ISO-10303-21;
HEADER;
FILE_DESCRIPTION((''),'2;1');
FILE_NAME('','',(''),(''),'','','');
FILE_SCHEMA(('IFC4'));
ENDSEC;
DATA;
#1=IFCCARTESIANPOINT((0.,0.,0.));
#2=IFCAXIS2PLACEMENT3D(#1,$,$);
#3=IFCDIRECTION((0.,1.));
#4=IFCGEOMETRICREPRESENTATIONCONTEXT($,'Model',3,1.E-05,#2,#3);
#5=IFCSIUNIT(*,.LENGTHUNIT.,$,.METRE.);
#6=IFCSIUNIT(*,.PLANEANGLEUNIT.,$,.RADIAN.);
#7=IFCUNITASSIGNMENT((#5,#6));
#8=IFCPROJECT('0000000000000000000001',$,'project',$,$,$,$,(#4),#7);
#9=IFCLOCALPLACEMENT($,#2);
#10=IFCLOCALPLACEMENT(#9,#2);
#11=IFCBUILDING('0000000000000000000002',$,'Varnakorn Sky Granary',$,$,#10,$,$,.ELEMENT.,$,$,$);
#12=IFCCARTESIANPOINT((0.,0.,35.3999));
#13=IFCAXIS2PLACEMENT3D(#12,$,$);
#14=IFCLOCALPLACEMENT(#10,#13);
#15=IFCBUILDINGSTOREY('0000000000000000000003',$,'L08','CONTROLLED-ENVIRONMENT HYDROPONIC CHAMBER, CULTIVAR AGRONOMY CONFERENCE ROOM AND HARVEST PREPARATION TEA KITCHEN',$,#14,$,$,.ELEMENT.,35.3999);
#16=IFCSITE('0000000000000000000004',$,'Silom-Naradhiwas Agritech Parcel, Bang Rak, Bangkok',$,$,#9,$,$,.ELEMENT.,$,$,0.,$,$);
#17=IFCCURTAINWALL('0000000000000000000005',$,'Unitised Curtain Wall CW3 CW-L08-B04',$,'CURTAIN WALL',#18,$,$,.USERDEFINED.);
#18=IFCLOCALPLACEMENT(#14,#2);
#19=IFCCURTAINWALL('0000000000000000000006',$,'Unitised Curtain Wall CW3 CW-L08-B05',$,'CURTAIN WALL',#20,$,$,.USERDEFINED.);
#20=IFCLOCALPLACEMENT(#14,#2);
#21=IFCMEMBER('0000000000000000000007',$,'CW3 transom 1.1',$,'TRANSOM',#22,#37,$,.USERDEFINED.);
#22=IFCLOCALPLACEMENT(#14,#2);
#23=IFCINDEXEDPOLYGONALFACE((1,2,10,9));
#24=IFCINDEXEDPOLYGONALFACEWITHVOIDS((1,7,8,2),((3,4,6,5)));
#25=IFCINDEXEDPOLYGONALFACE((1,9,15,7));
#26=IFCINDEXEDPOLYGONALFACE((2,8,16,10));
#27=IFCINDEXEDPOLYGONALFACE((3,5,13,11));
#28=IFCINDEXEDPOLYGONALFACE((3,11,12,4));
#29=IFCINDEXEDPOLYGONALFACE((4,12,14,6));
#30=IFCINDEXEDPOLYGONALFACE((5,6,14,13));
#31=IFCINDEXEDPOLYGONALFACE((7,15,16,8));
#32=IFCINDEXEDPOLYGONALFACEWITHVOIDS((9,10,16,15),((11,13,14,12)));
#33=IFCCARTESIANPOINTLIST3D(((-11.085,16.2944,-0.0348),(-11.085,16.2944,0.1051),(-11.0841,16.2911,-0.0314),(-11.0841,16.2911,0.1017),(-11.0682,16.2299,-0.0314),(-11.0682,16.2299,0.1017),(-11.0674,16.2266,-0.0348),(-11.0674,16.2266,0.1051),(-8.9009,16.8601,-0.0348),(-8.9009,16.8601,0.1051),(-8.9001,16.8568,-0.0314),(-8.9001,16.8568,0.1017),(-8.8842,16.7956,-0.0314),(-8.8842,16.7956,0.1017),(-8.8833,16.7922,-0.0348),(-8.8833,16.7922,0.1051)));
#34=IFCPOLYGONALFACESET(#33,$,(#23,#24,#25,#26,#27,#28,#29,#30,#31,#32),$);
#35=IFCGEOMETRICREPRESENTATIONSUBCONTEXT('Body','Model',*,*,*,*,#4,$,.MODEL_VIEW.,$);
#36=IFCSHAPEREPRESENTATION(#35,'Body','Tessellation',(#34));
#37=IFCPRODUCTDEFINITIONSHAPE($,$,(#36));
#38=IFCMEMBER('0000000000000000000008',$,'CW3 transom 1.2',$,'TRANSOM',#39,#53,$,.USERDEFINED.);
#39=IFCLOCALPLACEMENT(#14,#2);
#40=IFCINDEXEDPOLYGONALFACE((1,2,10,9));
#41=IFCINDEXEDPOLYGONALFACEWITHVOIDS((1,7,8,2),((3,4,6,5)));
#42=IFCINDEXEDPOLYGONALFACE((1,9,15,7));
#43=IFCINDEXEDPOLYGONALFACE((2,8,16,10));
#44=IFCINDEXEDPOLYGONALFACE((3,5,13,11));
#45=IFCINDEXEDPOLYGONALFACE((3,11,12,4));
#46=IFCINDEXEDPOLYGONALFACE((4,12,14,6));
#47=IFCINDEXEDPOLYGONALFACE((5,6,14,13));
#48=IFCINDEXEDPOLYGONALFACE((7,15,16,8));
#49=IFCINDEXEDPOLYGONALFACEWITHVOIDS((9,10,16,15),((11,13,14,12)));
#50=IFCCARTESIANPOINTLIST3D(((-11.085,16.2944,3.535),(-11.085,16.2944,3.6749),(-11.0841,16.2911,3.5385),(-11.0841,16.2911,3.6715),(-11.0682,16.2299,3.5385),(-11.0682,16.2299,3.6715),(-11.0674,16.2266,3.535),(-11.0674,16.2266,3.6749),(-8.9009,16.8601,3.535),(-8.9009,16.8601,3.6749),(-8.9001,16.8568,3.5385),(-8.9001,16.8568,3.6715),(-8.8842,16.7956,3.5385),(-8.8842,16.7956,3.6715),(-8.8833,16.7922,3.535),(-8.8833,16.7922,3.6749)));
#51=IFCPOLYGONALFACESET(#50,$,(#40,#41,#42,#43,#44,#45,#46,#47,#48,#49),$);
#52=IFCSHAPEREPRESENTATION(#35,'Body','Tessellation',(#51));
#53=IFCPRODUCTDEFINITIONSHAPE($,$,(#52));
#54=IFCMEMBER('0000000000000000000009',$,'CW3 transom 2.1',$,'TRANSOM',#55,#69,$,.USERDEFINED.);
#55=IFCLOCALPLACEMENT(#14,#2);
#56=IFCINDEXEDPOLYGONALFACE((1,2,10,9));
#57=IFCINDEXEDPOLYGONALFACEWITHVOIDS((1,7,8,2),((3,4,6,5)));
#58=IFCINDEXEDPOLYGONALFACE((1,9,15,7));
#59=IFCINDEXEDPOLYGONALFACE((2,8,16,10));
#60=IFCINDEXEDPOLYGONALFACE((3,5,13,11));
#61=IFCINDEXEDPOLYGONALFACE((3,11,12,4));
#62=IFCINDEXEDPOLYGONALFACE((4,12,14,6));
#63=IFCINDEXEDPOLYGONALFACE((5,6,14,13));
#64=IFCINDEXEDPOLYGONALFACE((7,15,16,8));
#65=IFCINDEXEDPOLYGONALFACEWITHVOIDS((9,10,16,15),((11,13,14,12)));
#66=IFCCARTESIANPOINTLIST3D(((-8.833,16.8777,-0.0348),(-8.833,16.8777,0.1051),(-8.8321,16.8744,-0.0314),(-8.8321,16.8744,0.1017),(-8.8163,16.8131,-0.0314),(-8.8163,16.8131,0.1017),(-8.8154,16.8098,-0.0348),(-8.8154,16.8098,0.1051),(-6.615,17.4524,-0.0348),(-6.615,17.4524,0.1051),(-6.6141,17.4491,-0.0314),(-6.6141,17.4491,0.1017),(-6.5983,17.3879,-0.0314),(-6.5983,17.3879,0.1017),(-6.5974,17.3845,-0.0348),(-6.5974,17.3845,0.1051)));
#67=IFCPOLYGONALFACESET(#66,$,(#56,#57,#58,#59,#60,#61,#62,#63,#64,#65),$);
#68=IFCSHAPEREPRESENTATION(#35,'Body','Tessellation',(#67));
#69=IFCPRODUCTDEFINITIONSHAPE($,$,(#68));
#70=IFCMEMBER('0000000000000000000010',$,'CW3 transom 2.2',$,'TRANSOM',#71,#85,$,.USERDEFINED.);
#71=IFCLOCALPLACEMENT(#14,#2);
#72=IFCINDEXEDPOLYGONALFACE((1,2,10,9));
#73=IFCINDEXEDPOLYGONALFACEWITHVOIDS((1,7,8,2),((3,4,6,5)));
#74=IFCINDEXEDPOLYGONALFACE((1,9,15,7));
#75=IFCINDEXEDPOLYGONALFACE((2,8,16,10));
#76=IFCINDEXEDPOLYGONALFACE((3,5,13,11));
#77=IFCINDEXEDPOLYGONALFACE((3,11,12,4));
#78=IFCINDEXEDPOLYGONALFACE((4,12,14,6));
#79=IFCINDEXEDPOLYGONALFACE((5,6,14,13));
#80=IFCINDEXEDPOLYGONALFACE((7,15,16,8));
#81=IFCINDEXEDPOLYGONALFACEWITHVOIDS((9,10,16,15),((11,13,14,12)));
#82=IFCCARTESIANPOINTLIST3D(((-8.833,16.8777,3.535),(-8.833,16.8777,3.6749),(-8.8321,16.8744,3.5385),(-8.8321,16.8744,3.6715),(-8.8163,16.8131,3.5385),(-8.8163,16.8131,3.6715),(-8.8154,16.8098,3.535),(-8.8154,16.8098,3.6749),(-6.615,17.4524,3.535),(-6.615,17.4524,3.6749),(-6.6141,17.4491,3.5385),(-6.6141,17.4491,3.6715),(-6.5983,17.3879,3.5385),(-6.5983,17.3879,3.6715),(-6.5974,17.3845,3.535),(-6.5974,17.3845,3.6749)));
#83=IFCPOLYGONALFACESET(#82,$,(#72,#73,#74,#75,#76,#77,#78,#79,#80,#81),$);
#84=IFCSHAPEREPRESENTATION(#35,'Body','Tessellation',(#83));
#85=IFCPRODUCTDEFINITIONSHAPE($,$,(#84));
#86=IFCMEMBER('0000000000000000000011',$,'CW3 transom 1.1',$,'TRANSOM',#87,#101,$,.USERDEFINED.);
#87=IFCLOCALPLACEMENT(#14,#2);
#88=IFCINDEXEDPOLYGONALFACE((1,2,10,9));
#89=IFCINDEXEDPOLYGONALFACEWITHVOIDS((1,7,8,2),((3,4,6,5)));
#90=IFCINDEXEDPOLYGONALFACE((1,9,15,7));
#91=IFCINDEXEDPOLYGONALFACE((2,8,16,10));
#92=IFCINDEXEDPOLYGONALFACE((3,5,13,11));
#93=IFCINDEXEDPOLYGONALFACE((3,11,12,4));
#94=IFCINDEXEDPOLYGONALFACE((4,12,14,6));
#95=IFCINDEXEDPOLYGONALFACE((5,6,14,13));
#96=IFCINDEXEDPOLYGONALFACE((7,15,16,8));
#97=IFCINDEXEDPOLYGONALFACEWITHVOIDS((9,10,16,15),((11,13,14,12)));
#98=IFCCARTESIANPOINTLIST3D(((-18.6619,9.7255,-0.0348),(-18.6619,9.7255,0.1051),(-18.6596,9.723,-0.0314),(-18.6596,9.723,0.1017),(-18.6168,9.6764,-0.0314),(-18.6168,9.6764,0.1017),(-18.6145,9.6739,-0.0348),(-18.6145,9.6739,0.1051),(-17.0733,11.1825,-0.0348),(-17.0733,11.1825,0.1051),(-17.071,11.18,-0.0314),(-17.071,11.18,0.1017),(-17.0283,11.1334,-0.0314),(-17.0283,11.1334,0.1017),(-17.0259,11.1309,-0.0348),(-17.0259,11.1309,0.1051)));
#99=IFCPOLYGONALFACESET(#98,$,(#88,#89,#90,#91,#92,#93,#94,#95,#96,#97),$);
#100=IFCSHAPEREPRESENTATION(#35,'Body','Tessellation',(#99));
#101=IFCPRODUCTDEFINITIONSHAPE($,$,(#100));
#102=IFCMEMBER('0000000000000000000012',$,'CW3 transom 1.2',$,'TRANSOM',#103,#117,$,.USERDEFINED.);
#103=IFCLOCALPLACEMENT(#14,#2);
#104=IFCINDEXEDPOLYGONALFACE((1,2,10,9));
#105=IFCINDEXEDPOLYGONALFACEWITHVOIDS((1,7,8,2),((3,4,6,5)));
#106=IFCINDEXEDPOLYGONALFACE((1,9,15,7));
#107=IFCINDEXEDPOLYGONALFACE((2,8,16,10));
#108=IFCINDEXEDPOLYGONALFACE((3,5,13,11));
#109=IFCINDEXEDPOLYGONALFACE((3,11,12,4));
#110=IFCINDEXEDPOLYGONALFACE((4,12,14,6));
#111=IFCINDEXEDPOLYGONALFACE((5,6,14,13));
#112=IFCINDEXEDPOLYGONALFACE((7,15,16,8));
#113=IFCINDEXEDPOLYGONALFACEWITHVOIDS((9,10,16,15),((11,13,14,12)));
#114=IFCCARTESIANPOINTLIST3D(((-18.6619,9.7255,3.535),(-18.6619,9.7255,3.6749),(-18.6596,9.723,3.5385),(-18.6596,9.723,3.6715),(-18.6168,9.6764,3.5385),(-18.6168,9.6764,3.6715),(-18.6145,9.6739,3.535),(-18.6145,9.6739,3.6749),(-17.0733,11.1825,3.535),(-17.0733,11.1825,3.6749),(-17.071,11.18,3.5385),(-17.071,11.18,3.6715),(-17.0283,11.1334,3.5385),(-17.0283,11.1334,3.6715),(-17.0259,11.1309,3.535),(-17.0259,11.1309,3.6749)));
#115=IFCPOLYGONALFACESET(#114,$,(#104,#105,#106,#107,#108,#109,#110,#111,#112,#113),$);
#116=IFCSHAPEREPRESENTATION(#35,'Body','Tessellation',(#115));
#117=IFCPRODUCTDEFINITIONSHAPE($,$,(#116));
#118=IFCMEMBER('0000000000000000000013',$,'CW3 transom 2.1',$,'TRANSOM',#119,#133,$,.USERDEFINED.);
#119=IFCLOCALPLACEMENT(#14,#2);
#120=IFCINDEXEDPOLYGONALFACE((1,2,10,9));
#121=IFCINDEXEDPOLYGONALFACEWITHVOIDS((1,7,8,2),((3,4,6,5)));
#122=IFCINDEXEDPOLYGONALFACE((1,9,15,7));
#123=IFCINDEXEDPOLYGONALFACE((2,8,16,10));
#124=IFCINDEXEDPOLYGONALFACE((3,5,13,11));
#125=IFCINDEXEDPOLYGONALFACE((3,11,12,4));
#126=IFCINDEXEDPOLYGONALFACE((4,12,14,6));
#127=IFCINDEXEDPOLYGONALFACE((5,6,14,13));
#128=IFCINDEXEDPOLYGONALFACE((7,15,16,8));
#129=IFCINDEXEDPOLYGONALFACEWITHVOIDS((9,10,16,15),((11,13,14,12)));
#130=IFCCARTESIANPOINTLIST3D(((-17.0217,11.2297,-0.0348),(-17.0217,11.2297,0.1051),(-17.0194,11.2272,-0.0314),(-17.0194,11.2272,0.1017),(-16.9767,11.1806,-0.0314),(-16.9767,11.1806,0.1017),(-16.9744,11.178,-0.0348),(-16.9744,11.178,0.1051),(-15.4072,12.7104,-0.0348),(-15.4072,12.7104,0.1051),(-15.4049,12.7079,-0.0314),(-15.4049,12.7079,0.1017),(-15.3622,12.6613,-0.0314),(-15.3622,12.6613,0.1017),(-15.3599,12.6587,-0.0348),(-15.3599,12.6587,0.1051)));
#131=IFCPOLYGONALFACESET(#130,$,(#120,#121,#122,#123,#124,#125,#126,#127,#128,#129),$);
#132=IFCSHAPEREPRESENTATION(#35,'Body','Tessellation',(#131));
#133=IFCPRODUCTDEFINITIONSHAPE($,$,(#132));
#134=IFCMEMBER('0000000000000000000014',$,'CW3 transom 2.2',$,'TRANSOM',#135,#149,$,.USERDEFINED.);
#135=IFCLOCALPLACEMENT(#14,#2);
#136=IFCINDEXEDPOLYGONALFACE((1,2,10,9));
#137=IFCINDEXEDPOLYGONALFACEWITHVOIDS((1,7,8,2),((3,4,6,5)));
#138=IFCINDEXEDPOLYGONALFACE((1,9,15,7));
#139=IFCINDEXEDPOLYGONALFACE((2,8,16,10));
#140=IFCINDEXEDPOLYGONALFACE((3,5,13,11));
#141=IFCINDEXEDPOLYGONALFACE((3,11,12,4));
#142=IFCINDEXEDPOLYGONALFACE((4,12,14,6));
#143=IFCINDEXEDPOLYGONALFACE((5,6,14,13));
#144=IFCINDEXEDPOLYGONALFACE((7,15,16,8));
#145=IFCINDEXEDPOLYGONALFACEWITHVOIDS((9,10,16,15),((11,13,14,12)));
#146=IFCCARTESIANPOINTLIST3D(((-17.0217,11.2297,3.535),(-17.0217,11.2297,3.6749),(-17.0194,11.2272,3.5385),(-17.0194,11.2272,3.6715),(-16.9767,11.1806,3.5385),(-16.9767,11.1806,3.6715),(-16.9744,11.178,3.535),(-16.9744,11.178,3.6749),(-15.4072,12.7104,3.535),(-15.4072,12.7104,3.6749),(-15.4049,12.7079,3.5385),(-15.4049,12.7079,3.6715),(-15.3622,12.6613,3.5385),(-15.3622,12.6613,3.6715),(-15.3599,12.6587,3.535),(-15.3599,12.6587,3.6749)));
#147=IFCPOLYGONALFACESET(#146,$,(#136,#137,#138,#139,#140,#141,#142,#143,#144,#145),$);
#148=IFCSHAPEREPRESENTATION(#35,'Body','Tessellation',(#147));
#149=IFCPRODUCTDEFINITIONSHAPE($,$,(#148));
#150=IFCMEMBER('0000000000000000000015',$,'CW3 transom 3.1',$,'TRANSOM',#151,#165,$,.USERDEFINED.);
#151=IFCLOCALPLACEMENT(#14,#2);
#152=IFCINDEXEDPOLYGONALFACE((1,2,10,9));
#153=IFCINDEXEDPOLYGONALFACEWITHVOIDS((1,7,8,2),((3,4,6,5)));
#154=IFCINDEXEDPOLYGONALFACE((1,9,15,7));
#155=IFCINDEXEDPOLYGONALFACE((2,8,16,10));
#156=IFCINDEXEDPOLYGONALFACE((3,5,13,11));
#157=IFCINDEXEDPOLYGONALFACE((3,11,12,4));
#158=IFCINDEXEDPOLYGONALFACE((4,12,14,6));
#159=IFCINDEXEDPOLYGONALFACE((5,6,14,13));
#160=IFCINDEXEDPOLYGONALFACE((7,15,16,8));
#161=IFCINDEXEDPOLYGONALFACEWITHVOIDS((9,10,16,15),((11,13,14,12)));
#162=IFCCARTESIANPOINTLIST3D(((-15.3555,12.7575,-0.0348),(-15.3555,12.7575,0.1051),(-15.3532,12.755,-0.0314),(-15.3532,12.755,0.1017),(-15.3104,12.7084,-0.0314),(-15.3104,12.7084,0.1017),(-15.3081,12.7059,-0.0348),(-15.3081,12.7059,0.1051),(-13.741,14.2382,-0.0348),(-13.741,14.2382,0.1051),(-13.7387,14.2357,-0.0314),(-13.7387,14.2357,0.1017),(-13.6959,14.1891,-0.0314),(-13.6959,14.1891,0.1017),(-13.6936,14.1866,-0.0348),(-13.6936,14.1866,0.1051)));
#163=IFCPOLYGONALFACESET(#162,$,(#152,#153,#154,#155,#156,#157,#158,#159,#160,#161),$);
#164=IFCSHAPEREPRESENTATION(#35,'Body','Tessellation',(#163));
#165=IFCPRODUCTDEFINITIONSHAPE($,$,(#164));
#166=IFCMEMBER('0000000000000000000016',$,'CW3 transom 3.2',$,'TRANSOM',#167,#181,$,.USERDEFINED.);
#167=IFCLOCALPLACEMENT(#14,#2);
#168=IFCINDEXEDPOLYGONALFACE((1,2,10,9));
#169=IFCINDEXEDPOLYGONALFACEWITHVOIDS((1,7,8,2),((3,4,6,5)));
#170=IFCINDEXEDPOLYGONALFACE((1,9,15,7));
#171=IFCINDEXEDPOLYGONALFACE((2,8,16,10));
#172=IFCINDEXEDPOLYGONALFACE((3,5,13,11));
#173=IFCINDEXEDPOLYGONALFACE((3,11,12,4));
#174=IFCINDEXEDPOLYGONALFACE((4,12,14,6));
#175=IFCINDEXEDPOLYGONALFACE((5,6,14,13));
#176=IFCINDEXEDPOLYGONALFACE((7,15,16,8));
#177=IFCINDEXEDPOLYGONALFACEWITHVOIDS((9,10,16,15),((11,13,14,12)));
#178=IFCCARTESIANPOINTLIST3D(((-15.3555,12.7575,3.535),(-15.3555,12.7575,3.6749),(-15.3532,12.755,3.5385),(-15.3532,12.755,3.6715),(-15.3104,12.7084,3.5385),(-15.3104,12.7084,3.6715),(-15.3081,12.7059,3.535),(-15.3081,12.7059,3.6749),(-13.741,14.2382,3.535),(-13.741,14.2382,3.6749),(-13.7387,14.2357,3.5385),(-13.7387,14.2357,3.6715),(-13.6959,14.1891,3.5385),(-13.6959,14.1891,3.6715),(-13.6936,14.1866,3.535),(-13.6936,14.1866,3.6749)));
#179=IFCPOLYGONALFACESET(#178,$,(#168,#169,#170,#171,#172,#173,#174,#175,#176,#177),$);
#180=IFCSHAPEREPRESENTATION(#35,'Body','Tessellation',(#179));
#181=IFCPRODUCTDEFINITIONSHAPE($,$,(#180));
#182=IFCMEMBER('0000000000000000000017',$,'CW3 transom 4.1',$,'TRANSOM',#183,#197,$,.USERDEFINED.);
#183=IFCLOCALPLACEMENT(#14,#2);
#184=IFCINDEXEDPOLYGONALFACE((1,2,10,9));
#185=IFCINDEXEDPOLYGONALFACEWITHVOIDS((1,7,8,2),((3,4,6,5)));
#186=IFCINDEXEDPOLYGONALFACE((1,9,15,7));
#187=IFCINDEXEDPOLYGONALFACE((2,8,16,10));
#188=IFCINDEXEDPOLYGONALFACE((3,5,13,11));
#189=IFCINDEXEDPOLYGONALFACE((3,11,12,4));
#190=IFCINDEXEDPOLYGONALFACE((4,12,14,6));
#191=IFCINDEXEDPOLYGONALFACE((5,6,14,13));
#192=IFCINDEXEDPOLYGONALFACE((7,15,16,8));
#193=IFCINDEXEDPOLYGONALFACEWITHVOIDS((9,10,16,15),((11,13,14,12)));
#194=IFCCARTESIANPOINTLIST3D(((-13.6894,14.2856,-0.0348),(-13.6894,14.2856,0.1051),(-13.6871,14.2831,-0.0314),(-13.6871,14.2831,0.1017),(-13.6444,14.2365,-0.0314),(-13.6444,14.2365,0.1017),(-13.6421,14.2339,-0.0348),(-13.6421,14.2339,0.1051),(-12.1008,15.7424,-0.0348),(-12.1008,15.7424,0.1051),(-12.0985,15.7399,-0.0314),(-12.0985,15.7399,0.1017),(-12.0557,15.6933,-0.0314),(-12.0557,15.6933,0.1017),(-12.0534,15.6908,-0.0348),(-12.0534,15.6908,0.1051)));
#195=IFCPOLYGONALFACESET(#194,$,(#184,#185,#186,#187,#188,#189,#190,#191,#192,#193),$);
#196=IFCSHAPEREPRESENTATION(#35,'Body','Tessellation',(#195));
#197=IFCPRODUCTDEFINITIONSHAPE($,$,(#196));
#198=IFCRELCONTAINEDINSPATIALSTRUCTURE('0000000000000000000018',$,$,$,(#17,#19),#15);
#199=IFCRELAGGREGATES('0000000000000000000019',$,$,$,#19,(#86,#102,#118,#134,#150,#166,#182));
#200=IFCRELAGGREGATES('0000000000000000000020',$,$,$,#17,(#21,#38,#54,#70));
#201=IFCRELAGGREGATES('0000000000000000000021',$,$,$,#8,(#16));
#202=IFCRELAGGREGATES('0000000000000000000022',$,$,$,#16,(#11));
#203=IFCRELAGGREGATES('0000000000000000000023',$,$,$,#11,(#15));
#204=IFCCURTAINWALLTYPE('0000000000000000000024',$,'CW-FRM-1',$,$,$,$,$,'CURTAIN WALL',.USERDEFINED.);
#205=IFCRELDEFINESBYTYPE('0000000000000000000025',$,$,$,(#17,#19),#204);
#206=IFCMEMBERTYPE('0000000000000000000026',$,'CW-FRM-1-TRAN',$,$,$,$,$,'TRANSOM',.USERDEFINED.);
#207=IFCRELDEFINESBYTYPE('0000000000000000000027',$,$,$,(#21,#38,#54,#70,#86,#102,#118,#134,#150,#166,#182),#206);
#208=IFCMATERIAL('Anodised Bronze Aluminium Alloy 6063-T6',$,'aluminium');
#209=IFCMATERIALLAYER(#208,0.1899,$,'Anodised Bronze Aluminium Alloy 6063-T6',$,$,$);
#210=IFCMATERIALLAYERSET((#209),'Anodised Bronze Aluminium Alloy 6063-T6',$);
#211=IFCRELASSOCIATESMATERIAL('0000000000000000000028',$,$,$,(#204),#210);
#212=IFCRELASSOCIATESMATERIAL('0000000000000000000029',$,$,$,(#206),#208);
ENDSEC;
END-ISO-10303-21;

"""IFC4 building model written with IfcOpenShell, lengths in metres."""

from ifc_helpers import new_model, si_unit, direction, frame, origin, origin_2d, place, context, subcontext, project, spatial, hollow_rectangle, extrude, material, layer, layer_set, material_profile, profile_set, type_object, element, aggregate, save


model = new_model("IFC4")

# Units and contexts
model_context = context("Model", 3, precision=1e-05, world=origin(), true_north=direction((0.0, 1.0)))
body_context = subcontext(model_context, "Body", "Model", "MODEL_VIEW")
ifc_project = project(units=[si_unit("LENGTHUNIT", "METRE"), si_unit("PLANEANGLEUNIT", "RADIAN")], contexts=[model_context])

# Site, building, storey
site_placement = place(None, origin())
site = spatial("IfcSite", under=ifc_project, at=site_placement, Name="Silom-Naradhiwas Agritech Parcel, Bang Rak, Bangkok", CompositionType="ELEMENT", RefElevation=0.0)
building_placement = place(site_placement, origin())
building = spatial("IfcBuilding", under=site, at=building_placement, Name="Varnakorn Sky Granary", CompositionType="ELEMENT")
storey_placement = place(building_placement, frame((0.0, 0.0, 35.3999)))
storey = spatial("IfcBuildingStorey", under=building, at=storey_placement, Name="L08", Description="CONTROLLED-ENVIRONMENT HYDROPONIC CHAMBER, CULTIVAR AGRONOMY CONFERENCE ROOM AND HARVEST PREPARATION TEA KITCHEN", CompositionType="ELEMENT", Elevation=35.3999)

# Curtain walls
ifc_material_1 = material(Name="Anodised Bronze Aluminium Alloy 6063-T6", Category="aluminium")
ifc_layer_1 = layer(ifc_material_1, 0.1899, Name="Anodised Bronze Aluminium Alloy 6063-T6")
ifc_layer_set_1 = layer_set([ifc_layer_1], Name="Anodised Bronze Aluminium Alloy 6063-T6")
curtain_wall_type = type_object("IfcCurtainWallType", Name="CW-FRM-1", ElementType="CURTAIN WALL", PredefinedType="USERDEFINED", material=ifc_layer_set_1)
curtain_wall_1_placement = place(storey_placement, origin())
curtain_wall_1 = element("IfcCurtainWall", 1, at=curtain_wall_1_placement, inside=storey, type_object=curtain_wall_type, Name="Unitised Curtain Wall CW3 CW-L08-B04", ObjectType="CURTAIN WALL", PredefinedType="USERDEFINED")
curtain_wall_2_placement = place(storey_placement, origin())
curtain_wall_2 = element("IfcCurtainWall", 2, at=curtain_wall_2_placement, inside=storey, type_object=curtain_wall_type, Name="Unitised Curtain Wall CW3 CW-L08-B05", ObjectType="CURTAIN WALL", PredefinedType="USERDEFINED")

# Members
ifc_material_profile_1 = material_profile(ifc_material_1, hollow_rectangle(XDim=0.0701, YDim=0.1399, WallThickness=0.0034, at=origin_2d()), Name="ALU TRAN 70x140")
ifc_profile_set_1 = profile_set([ifc_material_profile_1], Name="Anodised Bronze Aluminium Alloy 6063-T6")
member_type_1 = type_object("IfcMemberType", Name="CW-FRM-1-TRAN", ElementType="TRANSOM", PredefinedType="USERDEFINED", material=ifc_profile_set_1)
member_1_placement = place(storey_placement, frame((-11.0762, 16.2605, 0.0352), z_axis=(0.968058, 0.250726, 0.0), x_axis=(-0.250726, 0.968058, 0.0)))
member_1 = element("IfcMember", 3, at=member_1_placement, type_object=member_type_1, Name="CW3 transom 1.1", ObjectType="TRANSOM", PredefinedType="USERDEFINED", context=body_context, shape_type="SweptSolid", body=[
    extrude(hollow_rectangle(XDim=0.0701, YDim=0.1399, WallThickness=0.0034, at=origin_2d()), origin(), (0.0, 0.0, 1.0), 2.2561),
])
member_2_placement = place(storey_placement, frame((-11.0762, 16.2605, 3.605), z_axis=(0.968058, 0.250726, 0.0), x_axis=(-0.250726, 0.968058, 0.0)))
member_2 = element("IfcMember", 4, at=member_2_placement, type_object=member_type_1, Name="CW3 transom 1.2", ObjectType="TRANSOM", PredefinedType="USERDEFINED", context=body_context, shape_type="SweptSolid", body=[
    extrude(hollow_rectangle(XDim=0.0701, YDim=0.1399, WallThickness=0.0034, at=origin_2d()), origin(), (0.0, 0.0, 1.0), 2.2561),
])
member_3_placement = place(storey_placement, frame((-8.8242, 16.8438, 0.0352), z_axis=(0.968032, 0.250825, 0.0), x_axis=(-0.250825, 0.968032, 0.0)))
member_3 = element("IfcMember", 5, at=member_3_placement, type_object=member_type_1, Name="CW3 transom 2.1", ObjectType="TRANSOM", PredefinedType="USERDEFINED", context=body_context, shape_type="SweptSolid", body=[
    extrude(hollow_rectangle(XDim=0.0701, YDim=0.1399, WallThickness=0.0034, at=origin_2d()), origin(), (0.0, 0.0, 1.0), 2.2913),
])
member_4_placement = place(storey_placement, frame((-8.8242, 16.8438, 3.605), z_axis=(0.968032, 0.250825, 0.0), x_axis=(-0.250825, 0.968032, 0.0)))
member_4 = element("IfcMember", 6, at=member_4_placement, type_object=member_type_1, Name="CW3 transom 2.2", ObjectType="TRANSOM", PredefinedType="USERDEFINED", context=body_context, shape_type="SweptSolid", body=[
    extrude(hollow_rectangle(XDim=0.0701, YDim=0.1399, WallThickness=0.0034, at=origin_2d()), origin(), (0.0, 0.0, 1.0), 2.2913),
])
member_5_placement = place(storey_placement, frame((-18.6382, 9.6997, 0.0352), z_axis=(0.736971, 0.675925, 0.0), x_axis=(-0.675925, 0.736971, 0.0)))
member_5 = element("IfcMember", 7, at=member_5_placement, type_object=member_type_1, Name="CW3 transom 1.1", ObjectType="TRANSOM", PredefinedType="USERDEFINED", context=body_context, shape_type="SweptSolid", body=[
    extrude(hollow_rectangle(XDim=0.0701, YDim=0.1399, WallThickness=0.0034, at=origin_2d()), origin(), (0.0, 0.0, 1.0), 2.1555),
])
member_6_placement = place(storey_placement, frame((-18.6382, 9.6997, 3.605), z_axis=(0.736971, 0.675925, 0.0), x_axis=(-0.675925, 0.736971, 0.0)))
member_6 = element("IfcMember", 8, at=member_6_placement, type_object=member_type_1, Name="CW3 transom 1.2", ObjectType="TRANSOM", PredefinedType="USERDEFINED", context=body_context, shape_type="SweptSolid", body=[
    extrude(hollow_rectangle(XDim=0.0701, YDim=0.1399, WallThickness=0.0034, at=origin_2d()), origin(), (0.0, 0.0, 1.0), 2.1555),
])
member_7_placement = place(storey_placement, frame((-16.998, 11.2039, 0.0352), z_axis=(0.736983, 0.675911, 0.0), x_axis=(-0.675911, 0.736983, 0.0)))
member_7 = element("IfcMember", 9, at=member_7_placement, type_object=member_type_1, Name="CW3 transom 2.1", ObjectType="TRANSOM", PredefinedType="USERDEFINED", context=body_context, shape_type="SweptSolid", body=[
    extrude(hollow_rectangle(XDim=0.0701, YDim=0.1399, WallThickness=0.0034, at=origin_2d()), origin(), (0.0, 0.0, 1.0), 2.1907),
])
member_8_placement = place(storey_placement, frame((-16.998, 11.2039, 3.605), z_axis=(0.736983, 0.675911, 0.0), x_axis=(-0.675911, 0.736983, 0.0)))
member_8 = element("IfcMember", 10, at=member_8_placement, type_object=member_type_1, Name="CW3 transom 2.2", ObjectType="TRANSOM", PredefinedType="USERDEFINED", context=body_context, shape_type="SweptSolid", body=[
    extrude(hollow_rectangle(XDim=0.0701, YDim=0.1399, WallThickness=0.0034, at=origin_2d()), origin(), (0.0, 0.0, 1.0), 2.1907),
])
member_9_placement = place(storey_placement, frame((-15.3318, 12.7317, 0.0352), z_axis=(0.736983, 0.675911, 0.0), x_axis=(-0.675911, 0.736983, 0.0)))
member_9 = element("IfcMember", 11, at=member_9_placement, type_object=member_type_1, Name="CW3 transom 3.1", ObjectType="TRANSOM", PredefinedType="USERDEFINED", context=body_context, shape_type="SweptSolid", body=[
    extrude(hollow_rectangle(XDim=0.0701, YDim=0.1399, WallThickness=0.0034, at=origin_2d()), origin(), (0.0, 0.0, 1.0), 2.1907),
])
member_10_placement = place(storey_placement, frame((-15.3318, 12.7317, 3.605), z_axis=(0.736983, 0.675911, 0.0), x_axis=(-0.675911, 0.736983, 0.0)))
member_10 = element("IfcMember", 12, at=member_10_placement, type_object=member_type_1, Name="CW3 transom 3.2", ObjectType="TRANSOM", PredefinedType="USERDEFINED", context=body_context, shape_type="SweptSolid", body=[
    extrude(hollow_rectangle(XDim=0.0701, YDim=0.1399, WallThickness=0.0034, at=origin_2d()), origin(), (0.0, 0.0, 1.0), 2.1907),
])
member_11_placement = place(storey_placement, frame((-13.6658, 14.2598, 0.0352), z_axis=(0.737027, 0.675863, 0.0), x_axis=(-0.675863, 0.737027, 0.0)))
member_11 = element("IfcMember", 13, at=member_11_placement, type_object=member_type_1, Name="CW3 transom 4.1", ObjectType="TRANSOM", PredefinedType="USERDEFINED", context=body_context, shape_type="SweptSolid", body=[
    extrude(hollow_rectangle(XDim=0.0701, YDim=0.1399, WallThickness=0.0034, at=origin_2d()), origin(), (0.0, 0.0, 1.0), 2.1555),
])

aggregate(curtain_wall_2, [member_5, member_6, member_7, member_8, member_9, member_10, member_11])
aggregate(curtain_wall_1, [member_1, member_2, member_3, member_4])

save(model, "model.ifc")
